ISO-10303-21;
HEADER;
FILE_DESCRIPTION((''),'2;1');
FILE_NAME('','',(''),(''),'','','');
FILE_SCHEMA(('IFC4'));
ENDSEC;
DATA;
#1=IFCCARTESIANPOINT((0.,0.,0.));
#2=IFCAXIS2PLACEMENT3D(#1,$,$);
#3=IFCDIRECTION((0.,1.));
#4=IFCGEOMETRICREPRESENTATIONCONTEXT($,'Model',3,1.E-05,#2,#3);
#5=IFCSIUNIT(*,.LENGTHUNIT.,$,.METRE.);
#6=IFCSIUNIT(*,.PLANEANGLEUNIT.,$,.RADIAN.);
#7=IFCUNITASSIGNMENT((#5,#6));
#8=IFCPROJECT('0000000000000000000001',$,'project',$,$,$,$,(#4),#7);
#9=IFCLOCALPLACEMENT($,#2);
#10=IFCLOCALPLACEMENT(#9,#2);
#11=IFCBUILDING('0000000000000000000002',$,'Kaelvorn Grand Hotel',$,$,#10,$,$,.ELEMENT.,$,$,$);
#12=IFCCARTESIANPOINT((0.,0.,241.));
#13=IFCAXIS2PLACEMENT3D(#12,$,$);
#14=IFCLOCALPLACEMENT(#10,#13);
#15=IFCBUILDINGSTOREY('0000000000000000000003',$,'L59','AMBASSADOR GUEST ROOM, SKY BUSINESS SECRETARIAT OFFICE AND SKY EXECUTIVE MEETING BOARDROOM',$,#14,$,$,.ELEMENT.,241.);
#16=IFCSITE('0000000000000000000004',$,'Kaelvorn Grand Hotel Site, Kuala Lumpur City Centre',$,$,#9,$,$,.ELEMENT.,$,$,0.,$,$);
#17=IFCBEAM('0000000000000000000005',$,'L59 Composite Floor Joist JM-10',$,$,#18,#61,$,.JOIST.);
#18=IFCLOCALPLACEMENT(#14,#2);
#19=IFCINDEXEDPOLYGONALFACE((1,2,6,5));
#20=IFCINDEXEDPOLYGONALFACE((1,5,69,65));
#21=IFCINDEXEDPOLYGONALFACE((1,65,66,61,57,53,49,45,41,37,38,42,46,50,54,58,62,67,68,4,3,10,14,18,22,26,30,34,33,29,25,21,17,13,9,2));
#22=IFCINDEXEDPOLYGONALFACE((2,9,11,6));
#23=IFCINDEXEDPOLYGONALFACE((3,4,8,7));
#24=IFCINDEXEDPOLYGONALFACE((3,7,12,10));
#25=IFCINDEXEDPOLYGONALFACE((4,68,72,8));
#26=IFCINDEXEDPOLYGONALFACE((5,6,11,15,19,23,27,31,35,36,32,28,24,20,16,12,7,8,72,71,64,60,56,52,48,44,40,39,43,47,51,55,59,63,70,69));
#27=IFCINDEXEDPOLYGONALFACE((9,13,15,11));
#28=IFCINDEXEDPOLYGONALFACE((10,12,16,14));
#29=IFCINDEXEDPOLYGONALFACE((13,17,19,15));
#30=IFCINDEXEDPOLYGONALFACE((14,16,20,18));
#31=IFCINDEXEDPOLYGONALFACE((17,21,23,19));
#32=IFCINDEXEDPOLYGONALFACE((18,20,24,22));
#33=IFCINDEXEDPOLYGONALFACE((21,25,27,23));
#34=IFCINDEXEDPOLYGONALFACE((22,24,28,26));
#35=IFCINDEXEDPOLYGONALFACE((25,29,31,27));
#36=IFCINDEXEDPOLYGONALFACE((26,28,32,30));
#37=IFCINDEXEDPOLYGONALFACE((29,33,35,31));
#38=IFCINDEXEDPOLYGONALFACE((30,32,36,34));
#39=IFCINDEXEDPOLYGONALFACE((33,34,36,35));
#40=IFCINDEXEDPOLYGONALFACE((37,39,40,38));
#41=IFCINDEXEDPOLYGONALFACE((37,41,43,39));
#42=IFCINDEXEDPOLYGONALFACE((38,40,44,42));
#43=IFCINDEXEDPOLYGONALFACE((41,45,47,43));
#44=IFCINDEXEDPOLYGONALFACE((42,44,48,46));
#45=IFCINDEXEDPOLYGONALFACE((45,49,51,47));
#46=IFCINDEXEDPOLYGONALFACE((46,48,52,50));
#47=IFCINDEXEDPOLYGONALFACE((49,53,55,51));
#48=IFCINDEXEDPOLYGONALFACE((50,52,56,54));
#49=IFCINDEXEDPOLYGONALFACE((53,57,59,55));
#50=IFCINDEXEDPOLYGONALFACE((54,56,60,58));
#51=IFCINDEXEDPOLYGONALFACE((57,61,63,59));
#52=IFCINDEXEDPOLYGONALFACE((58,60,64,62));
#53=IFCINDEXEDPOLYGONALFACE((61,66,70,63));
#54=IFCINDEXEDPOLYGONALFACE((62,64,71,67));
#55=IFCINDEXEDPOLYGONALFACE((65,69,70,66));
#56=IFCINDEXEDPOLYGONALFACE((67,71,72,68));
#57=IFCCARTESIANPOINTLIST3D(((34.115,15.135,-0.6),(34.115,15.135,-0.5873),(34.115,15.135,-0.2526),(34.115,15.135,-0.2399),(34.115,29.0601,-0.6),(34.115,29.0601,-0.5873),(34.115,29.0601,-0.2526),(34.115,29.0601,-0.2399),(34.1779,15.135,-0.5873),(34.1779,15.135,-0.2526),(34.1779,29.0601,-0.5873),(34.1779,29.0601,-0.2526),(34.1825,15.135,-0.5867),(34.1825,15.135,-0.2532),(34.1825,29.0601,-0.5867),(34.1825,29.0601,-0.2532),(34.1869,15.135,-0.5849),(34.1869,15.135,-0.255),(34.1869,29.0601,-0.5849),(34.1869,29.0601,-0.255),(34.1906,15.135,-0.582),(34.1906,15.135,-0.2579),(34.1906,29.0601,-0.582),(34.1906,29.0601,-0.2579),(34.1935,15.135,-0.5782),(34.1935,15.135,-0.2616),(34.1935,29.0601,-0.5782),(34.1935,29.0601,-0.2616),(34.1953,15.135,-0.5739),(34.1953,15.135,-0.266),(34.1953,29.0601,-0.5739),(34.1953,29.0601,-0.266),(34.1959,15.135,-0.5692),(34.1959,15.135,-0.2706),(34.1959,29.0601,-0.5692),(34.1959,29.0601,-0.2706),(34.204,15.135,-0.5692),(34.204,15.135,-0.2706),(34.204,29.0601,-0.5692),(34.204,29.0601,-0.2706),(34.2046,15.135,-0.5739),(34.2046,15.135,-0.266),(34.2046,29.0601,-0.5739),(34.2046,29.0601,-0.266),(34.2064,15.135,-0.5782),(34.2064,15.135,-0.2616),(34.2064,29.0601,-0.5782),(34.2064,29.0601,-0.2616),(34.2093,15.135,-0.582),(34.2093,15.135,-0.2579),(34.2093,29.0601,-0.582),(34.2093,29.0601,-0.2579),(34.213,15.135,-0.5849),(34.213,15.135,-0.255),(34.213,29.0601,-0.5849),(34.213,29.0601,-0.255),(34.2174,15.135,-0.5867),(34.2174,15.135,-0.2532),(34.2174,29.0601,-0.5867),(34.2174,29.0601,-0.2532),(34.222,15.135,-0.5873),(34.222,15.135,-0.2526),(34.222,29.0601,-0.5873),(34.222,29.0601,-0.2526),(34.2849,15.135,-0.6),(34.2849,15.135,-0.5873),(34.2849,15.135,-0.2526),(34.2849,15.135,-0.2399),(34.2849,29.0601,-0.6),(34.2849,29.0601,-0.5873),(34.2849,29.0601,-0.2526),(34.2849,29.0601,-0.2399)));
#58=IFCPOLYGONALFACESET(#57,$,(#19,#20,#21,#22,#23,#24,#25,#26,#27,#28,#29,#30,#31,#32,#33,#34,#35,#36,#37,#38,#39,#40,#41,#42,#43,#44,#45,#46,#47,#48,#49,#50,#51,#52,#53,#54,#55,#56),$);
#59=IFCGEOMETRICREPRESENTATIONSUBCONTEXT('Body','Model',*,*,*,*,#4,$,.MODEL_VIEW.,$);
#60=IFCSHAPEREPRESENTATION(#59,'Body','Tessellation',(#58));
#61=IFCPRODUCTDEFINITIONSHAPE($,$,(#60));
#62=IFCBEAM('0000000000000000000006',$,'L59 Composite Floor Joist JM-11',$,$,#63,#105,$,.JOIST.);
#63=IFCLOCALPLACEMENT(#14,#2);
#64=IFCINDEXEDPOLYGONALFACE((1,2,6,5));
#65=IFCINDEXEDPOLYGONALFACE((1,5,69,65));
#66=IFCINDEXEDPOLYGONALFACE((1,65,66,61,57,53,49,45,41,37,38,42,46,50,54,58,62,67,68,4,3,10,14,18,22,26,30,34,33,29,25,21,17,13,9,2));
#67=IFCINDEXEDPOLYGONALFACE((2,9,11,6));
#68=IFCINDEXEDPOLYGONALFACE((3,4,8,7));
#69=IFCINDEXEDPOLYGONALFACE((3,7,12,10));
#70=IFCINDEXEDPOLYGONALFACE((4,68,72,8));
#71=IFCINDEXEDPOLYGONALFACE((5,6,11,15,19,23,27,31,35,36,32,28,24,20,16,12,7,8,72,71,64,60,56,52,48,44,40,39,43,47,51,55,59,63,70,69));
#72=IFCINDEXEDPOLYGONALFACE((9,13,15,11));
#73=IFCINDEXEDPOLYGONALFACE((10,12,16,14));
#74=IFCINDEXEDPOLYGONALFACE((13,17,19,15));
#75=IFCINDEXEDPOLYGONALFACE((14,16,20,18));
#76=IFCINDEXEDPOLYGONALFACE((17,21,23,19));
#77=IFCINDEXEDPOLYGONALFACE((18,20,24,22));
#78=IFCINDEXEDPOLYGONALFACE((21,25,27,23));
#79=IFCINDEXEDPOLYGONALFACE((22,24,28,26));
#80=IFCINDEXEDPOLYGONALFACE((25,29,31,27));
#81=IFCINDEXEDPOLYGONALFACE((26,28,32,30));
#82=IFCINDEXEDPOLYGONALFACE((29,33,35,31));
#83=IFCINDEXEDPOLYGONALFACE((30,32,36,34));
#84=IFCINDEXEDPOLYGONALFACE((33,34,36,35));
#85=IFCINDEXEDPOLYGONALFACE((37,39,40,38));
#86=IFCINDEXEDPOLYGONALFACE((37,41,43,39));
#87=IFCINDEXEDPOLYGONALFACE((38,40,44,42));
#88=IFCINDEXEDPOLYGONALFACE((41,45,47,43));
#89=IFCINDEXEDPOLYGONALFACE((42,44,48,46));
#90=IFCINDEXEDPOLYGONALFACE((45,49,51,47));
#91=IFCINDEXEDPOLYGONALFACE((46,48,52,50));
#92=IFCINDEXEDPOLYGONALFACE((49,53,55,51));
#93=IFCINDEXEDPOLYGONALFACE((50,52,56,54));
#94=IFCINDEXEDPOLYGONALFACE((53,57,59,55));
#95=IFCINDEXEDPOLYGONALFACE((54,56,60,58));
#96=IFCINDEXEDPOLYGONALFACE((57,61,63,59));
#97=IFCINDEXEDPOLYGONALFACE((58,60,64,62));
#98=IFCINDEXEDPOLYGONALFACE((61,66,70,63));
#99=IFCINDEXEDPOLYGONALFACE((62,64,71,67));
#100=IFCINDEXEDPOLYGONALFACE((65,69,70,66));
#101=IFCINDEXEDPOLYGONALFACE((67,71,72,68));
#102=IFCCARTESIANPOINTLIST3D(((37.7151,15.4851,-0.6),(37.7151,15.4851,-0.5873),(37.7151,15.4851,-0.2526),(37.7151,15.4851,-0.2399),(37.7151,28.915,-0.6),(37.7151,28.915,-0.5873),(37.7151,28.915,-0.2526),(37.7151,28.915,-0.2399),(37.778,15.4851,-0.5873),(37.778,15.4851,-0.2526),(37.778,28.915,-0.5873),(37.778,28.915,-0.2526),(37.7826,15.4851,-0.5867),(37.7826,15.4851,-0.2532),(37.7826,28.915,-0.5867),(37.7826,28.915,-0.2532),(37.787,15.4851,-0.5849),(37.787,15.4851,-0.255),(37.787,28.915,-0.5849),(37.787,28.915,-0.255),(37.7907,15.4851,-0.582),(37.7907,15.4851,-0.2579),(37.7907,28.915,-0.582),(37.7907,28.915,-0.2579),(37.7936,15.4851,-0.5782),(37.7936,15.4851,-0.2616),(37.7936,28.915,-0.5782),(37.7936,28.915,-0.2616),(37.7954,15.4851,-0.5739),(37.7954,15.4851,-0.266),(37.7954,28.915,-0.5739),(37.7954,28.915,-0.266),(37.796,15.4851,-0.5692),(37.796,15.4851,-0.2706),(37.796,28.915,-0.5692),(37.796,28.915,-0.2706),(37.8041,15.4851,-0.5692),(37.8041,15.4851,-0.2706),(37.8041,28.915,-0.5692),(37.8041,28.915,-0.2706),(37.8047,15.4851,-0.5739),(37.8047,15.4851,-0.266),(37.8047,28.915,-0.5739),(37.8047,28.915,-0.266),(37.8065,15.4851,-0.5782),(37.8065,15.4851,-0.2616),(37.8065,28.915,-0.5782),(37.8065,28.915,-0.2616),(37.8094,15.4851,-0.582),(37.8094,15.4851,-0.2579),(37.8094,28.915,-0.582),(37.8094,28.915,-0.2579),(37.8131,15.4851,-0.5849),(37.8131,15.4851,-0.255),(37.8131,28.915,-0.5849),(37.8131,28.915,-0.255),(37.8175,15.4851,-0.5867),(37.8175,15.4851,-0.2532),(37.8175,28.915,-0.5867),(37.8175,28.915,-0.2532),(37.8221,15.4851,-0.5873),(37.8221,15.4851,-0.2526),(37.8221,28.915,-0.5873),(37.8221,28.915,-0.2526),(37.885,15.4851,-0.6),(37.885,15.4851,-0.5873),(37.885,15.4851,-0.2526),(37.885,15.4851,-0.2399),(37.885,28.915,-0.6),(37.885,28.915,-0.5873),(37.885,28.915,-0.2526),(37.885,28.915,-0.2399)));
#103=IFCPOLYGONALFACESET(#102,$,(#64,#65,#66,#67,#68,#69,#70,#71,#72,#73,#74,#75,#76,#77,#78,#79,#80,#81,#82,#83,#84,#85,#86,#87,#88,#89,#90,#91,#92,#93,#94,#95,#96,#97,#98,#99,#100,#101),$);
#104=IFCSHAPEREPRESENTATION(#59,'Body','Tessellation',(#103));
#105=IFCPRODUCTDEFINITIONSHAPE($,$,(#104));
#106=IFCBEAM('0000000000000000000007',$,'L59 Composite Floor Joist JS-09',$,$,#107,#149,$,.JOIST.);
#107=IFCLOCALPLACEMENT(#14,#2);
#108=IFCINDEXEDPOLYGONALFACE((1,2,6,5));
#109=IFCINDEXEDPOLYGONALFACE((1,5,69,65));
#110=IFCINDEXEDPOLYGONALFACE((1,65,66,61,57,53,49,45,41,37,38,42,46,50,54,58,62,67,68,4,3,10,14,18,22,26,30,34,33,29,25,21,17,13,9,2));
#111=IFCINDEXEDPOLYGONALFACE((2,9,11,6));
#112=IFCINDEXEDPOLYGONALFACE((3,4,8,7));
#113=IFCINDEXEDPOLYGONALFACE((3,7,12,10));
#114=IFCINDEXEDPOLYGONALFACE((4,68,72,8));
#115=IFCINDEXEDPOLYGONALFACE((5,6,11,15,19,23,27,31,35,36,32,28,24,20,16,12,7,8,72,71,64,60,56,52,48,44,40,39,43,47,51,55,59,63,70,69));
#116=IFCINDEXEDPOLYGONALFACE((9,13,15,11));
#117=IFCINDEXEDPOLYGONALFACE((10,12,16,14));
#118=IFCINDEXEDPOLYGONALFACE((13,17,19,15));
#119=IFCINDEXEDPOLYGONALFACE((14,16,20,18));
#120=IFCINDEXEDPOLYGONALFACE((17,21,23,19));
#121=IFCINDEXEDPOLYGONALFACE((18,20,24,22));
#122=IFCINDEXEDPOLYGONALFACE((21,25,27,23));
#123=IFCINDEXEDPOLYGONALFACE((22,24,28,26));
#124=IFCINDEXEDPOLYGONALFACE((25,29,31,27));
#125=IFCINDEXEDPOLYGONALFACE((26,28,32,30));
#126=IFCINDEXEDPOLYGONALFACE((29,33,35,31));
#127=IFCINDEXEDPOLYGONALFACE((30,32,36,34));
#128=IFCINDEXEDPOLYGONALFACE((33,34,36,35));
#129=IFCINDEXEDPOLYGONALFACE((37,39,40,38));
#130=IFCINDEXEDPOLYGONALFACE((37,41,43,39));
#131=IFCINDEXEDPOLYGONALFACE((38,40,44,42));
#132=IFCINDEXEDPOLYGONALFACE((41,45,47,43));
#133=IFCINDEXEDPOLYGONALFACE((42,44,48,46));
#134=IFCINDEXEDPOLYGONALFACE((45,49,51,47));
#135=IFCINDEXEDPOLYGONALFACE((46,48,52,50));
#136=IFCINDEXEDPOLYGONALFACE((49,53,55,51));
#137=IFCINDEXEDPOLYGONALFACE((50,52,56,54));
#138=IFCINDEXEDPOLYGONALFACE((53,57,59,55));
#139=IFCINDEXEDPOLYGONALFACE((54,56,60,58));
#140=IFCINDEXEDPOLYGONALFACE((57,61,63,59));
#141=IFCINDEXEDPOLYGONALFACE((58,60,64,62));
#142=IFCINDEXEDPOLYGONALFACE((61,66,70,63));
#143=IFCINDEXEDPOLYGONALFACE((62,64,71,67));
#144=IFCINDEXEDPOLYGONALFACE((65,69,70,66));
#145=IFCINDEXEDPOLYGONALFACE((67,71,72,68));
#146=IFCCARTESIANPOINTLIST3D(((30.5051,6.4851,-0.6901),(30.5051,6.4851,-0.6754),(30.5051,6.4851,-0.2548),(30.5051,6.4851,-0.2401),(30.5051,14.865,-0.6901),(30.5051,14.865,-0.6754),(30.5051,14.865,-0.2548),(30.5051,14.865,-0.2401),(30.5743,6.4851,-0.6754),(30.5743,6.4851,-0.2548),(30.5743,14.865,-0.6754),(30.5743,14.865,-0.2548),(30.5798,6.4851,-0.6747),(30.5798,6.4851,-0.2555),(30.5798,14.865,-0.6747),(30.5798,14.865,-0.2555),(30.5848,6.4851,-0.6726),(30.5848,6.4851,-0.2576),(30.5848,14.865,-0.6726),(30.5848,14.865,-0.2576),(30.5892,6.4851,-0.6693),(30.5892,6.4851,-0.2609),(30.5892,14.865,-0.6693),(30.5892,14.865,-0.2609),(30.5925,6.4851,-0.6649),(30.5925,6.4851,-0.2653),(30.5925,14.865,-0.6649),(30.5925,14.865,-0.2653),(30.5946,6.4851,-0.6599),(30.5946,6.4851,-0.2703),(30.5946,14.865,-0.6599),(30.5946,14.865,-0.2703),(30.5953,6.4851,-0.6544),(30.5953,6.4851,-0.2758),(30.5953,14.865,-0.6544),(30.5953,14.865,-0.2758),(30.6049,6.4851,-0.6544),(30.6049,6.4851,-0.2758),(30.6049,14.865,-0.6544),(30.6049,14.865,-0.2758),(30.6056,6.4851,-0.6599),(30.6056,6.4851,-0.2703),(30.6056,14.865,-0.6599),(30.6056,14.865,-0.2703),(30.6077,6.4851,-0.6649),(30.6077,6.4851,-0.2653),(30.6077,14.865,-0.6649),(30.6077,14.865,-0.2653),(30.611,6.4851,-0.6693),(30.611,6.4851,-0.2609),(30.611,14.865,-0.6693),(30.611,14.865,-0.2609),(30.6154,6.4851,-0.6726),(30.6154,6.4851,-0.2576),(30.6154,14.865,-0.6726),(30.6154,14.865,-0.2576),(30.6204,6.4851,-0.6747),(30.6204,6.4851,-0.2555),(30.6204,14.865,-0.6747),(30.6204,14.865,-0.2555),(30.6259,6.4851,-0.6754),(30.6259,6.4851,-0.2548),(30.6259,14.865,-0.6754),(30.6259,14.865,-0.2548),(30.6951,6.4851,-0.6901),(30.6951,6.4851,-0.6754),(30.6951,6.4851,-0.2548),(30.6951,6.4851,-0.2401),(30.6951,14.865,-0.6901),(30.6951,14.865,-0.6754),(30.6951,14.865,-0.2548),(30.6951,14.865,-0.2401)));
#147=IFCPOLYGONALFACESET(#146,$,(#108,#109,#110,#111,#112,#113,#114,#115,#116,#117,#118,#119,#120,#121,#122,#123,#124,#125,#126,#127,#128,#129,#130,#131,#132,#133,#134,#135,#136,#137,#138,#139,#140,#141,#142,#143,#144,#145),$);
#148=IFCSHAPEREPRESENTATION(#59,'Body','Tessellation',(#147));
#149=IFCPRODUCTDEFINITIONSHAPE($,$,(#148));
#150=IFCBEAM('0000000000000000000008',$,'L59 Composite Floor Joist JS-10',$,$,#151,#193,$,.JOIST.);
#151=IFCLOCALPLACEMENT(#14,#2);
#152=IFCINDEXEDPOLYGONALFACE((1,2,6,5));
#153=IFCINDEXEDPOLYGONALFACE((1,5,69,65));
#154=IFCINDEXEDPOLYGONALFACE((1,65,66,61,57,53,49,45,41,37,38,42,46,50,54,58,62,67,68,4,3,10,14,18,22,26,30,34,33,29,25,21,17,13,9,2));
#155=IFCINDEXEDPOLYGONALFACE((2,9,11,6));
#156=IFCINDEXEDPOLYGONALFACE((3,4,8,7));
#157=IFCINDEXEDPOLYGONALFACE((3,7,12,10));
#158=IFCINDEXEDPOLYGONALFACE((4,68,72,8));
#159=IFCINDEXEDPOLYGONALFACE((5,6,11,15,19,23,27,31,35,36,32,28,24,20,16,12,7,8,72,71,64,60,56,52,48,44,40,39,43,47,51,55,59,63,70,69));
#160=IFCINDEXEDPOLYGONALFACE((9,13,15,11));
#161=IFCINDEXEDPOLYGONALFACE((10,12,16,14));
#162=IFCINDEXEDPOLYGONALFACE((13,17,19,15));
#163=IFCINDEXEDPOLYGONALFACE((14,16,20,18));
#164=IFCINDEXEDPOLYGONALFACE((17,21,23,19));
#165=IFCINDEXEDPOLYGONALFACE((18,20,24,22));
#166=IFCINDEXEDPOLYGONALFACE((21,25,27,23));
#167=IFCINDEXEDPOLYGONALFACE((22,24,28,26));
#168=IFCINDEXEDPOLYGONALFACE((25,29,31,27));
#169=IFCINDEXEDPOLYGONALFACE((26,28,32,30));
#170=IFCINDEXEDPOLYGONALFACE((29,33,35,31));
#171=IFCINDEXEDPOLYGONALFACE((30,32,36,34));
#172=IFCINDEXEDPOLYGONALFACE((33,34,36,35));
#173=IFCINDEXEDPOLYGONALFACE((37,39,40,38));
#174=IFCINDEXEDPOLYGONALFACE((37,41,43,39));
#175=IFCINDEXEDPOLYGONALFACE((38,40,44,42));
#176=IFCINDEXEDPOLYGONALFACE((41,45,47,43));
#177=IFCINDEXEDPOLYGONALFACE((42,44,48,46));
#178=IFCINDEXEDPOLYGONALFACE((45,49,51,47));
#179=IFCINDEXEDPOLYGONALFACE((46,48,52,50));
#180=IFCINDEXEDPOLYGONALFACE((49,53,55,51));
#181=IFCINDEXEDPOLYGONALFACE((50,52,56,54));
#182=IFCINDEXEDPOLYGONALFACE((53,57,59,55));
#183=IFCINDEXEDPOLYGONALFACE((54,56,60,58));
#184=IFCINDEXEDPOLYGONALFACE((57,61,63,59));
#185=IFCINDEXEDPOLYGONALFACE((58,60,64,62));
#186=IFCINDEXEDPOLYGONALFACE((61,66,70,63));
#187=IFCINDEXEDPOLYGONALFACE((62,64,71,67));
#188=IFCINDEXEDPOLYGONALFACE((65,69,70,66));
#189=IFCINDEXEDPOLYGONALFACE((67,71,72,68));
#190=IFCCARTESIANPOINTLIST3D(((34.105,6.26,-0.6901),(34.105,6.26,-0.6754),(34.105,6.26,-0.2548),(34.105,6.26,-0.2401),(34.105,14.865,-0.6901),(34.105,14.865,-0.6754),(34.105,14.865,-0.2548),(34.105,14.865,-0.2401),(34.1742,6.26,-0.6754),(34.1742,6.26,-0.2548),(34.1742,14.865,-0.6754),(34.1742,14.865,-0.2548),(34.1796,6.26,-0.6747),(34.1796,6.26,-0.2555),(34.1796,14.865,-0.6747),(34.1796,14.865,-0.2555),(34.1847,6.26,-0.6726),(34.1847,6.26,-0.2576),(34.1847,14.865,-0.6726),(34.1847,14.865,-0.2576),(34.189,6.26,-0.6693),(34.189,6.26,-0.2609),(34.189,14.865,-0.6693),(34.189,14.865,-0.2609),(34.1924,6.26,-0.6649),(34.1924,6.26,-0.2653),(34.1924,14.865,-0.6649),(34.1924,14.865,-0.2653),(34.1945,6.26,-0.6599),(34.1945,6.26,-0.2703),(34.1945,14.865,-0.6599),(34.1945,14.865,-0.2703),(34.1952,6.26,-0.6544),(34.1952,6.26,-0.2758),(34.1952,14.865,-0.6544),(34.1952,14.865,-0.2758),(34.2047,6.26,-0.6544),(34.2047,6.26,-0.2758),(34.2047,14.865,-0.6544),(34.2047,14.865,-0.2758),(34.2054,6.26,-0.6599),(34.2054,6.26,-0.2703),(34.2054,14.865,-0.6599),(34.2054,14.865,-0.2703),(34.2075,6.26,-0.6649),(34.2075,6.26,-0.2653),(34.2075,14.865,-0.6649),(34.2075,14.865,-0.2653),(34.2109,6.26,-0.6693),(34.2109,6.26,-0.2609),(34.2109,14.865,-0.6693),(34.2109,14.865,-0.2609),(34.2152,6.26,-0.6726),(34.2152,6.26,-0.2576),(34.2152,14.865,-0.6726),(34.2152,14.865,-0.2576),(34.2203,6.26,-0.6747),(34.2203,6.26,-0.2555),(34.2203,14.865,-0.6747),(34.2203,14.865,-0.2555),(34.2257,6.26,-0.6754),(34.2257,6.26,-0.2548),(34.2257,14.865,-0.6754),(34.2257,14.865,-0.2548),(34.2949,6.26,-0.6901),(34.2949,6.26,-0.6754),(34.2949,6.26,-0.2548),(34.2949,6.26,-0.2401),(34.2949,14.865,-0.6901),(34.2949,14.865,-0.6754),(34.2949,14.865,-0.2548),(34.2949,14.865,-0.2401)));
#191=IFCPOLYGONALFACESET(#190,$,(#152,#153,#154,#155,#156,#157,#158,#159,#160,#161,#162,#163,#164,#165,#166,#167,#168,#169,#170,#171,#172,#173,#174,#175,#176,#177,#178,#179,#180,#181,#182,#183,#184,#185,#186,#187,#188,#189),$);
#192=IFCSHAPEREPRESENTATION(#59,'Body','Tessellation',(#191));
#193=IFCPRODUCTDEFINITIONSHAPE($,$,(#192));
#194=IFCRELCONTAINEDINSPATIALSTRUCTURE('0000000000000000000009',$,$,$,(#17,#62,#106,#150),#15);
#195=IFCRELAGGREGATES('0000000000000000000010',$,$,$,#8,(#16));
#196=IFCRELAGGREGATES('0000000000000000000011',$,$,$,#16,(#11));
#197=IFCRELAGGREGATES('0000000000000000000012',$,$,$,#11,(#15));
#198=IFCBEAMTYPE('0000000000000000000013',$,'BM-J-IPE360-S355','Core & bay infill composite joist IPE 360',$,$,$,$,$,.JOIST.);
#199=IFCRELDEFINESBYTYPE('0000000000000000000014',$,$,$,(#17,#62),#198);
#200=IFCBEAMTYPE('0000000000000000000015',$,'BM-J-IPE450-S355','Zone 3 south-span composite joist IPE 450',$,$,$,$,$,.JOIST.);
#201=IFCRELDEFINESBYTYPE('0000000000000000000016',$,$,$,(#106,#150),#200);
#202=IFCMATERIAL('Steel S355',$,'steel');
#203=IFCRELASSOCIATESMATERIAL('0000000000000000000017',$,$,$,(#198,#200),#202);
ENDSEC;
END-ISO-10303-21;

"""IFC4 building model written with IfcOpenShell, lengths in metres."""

from ifc_helpers import new_model, si_unit, direction, frame, origin, origin_2d, place, context, subcontext, project, spatial, i_section, extrude, material, material_profile, profile_set, type_object, element, save


model = new_model("IFC4")

# Units and contexts
model_context = context("Model", 3, precision=1e-05, world=origin(), true_north=direction((0.0, 1.0)))
body_context = subcontext(model_context, "Body", "Model", "MODEL_VIEW")
ifc_project = project(units=[si_unit("LENGTHUNIT", "METRE"), si_unit("PLANEANGLEUNIT", "RADIAN")], contexts=[model_context])

# Site, building, storey
site_placement = place(None, origin())
site = spatial("IfcSite", under=ifc_project, at=site_placement, Name="Kaelvorn Grand Hotel Site, Kuala Lumpur City Centre", CompositionType="ELEMENT", RefElevation=0.0)
building_placement = place(site_placement, origin())
building = spatial("IfcBuilding", under=site, at=building_placement, Name="Kaelvorn Grand Hotel", CompositionType="ELEMENT")
storey_placement = place(building_placement, frame((0.0, 0.0, 241.0)))
storey = spatial("IfcBuildingStorey", under=building, at=storey_placement, Name="L59", Description="AMBASSADOR GUEST ROOM, SKY BUSINESS SECRETARIAT OFFICE AND SKY EXECUTIVE MEETING BOARDROOM", CompositionType="ELEMENT", Elevation=241.0)

# Beams
ifc_material_1 = material(Name="Steel S355", Category="steel")
ifc_material_profile_1 = material_profile(ifc_material_1, i_section(OverallWidth=0.1699, OverallDepth=0.3601, WebThickness=0.0081, FlangeThickness=0.0127, FilletRadius=0.0181, at=origin_2d()), Name="IPE 360")
ifc_profile_set_1 = profile_set([ifc_material_profile_1], Name="Steel S355")
beam_type_1 = type_object("IfcBeamType", Name="BM-J-IPE360-S355", Description="Core & bay infill composite joist IPE 360", PredefinedType="JOIST", material=ifc_profile_set_1)
beam_1_placement = place(storey_placement, frame((34.2, 15.135, -0.4199), z_axis=(0.0, 1.0, 0.0), x_axis=(-1.0, 0.0, 0.0)))
element("IfcBeam", 1, at=beam_1_placement, inside=storey, type_object=beam_type_1, Name="L59 Composite Floor Joist JM-10", PredefinedType="JOIST", context=body_context, shape_type="SweptSolid", body=[
    extrude(i_section(OverallWidth=0.1699, OverallDepth=0.3601, WebThickness=0.0081, FlangeThickness=0.0127, FilletRadius=0.0181, at=origin_2d()), origin(), (0.0, 0.0, 1.0), 13.925),
])
beam_2_placement = place(storey_placement, frame((37.8, 15.4851, -0.4199), z_axis=(0.0, 1.0, 0.0), x_axis=(-1.0, 0.0, 0.0)))
element("IfcBeam", 2, at=beam_2_placement, inside=storey, type_object=beam_type_1, Name="L59 Composite Floor Joist JM-11", PredefinedType="JOIST", context=body_context, shape_type="SweptSolid", body=[
    extrude(i_section(OverallWidth=0.1699, OverallDepth=0.3601, WebThickness=0.0081, FlangeThickness=0.0127, FilletRadius=0.0181, at=origin_2d()), origin(), (0.0, 0.0, 1.0), 13.4299),
])
ifc_material_profile_2 = material_profile(ifc_material_1, i_section(OverallWidth=0.1899, OverallDepth=0.45, WebThickness=0.0095, FlangeThickness=0.0146, FilletRadius=0.021, at=origin_2d()), Name="IPE 450")
ifc_profile_set_2 = profile_set([ifc_material_profile_2], Name="Steel S355")
beam_type_2 = type_object("IfcBeamType", Name="BM-J-IPE450-S355", Description="Zone 3 south-span composite joist IPE 450", PredefinedType="JOIST", material=ifc_profile_set_2)
beam_3_placement = place(storey_placement, frame((30.6001, 6.4851, -0.4651), z_axis=(0.0, 1.0, 0.0), x_axis=(-1.0, 0.0, 0.0)))
element("IfcBeam", 3, at=beam_3_placement, inside=storey, type_object=beam_type_2, Name="L59 Composite Floor Joist JS-09", PredefinedType="JOIST", context=body_context, shape_type="SweptSolid", body=[
    extrude(i_section(OverallWidth=0.1899, OverallDepth=0.45, WebThickness=0.0095, FlangeThickness=0.0146, FilletRadius=0.021, at=origin_2d()), origin(), (0.0, 0.0, 1.0), 8.3799),
])
beam_4_placement = place(storey_placement, frame((34.2, 6.26, -0.4651), z_axis=(0.0, 1.0, 0.0), x_axis=(-1.0, 0.0, 0.0)))
element("IfcBeam", 4, at=beam_4_placement, inside=storey, type_object=beam_type_2, Name="L59 Composite Floor Joist JS-10", PredefinedType="JOIST", context=body_context, shape_type="SweptSolid", body=[
    extrude(i_section(OverallWidth=0.1899, OverallDepth=0.45, WebThickness=0.0095, FlangeThickness=0.0146, FilletRadius=0.021, at=origin_2d()), origin(), (0.0, 0.0, 1.0), 8.605),
])

save(model, "model.ifc")
